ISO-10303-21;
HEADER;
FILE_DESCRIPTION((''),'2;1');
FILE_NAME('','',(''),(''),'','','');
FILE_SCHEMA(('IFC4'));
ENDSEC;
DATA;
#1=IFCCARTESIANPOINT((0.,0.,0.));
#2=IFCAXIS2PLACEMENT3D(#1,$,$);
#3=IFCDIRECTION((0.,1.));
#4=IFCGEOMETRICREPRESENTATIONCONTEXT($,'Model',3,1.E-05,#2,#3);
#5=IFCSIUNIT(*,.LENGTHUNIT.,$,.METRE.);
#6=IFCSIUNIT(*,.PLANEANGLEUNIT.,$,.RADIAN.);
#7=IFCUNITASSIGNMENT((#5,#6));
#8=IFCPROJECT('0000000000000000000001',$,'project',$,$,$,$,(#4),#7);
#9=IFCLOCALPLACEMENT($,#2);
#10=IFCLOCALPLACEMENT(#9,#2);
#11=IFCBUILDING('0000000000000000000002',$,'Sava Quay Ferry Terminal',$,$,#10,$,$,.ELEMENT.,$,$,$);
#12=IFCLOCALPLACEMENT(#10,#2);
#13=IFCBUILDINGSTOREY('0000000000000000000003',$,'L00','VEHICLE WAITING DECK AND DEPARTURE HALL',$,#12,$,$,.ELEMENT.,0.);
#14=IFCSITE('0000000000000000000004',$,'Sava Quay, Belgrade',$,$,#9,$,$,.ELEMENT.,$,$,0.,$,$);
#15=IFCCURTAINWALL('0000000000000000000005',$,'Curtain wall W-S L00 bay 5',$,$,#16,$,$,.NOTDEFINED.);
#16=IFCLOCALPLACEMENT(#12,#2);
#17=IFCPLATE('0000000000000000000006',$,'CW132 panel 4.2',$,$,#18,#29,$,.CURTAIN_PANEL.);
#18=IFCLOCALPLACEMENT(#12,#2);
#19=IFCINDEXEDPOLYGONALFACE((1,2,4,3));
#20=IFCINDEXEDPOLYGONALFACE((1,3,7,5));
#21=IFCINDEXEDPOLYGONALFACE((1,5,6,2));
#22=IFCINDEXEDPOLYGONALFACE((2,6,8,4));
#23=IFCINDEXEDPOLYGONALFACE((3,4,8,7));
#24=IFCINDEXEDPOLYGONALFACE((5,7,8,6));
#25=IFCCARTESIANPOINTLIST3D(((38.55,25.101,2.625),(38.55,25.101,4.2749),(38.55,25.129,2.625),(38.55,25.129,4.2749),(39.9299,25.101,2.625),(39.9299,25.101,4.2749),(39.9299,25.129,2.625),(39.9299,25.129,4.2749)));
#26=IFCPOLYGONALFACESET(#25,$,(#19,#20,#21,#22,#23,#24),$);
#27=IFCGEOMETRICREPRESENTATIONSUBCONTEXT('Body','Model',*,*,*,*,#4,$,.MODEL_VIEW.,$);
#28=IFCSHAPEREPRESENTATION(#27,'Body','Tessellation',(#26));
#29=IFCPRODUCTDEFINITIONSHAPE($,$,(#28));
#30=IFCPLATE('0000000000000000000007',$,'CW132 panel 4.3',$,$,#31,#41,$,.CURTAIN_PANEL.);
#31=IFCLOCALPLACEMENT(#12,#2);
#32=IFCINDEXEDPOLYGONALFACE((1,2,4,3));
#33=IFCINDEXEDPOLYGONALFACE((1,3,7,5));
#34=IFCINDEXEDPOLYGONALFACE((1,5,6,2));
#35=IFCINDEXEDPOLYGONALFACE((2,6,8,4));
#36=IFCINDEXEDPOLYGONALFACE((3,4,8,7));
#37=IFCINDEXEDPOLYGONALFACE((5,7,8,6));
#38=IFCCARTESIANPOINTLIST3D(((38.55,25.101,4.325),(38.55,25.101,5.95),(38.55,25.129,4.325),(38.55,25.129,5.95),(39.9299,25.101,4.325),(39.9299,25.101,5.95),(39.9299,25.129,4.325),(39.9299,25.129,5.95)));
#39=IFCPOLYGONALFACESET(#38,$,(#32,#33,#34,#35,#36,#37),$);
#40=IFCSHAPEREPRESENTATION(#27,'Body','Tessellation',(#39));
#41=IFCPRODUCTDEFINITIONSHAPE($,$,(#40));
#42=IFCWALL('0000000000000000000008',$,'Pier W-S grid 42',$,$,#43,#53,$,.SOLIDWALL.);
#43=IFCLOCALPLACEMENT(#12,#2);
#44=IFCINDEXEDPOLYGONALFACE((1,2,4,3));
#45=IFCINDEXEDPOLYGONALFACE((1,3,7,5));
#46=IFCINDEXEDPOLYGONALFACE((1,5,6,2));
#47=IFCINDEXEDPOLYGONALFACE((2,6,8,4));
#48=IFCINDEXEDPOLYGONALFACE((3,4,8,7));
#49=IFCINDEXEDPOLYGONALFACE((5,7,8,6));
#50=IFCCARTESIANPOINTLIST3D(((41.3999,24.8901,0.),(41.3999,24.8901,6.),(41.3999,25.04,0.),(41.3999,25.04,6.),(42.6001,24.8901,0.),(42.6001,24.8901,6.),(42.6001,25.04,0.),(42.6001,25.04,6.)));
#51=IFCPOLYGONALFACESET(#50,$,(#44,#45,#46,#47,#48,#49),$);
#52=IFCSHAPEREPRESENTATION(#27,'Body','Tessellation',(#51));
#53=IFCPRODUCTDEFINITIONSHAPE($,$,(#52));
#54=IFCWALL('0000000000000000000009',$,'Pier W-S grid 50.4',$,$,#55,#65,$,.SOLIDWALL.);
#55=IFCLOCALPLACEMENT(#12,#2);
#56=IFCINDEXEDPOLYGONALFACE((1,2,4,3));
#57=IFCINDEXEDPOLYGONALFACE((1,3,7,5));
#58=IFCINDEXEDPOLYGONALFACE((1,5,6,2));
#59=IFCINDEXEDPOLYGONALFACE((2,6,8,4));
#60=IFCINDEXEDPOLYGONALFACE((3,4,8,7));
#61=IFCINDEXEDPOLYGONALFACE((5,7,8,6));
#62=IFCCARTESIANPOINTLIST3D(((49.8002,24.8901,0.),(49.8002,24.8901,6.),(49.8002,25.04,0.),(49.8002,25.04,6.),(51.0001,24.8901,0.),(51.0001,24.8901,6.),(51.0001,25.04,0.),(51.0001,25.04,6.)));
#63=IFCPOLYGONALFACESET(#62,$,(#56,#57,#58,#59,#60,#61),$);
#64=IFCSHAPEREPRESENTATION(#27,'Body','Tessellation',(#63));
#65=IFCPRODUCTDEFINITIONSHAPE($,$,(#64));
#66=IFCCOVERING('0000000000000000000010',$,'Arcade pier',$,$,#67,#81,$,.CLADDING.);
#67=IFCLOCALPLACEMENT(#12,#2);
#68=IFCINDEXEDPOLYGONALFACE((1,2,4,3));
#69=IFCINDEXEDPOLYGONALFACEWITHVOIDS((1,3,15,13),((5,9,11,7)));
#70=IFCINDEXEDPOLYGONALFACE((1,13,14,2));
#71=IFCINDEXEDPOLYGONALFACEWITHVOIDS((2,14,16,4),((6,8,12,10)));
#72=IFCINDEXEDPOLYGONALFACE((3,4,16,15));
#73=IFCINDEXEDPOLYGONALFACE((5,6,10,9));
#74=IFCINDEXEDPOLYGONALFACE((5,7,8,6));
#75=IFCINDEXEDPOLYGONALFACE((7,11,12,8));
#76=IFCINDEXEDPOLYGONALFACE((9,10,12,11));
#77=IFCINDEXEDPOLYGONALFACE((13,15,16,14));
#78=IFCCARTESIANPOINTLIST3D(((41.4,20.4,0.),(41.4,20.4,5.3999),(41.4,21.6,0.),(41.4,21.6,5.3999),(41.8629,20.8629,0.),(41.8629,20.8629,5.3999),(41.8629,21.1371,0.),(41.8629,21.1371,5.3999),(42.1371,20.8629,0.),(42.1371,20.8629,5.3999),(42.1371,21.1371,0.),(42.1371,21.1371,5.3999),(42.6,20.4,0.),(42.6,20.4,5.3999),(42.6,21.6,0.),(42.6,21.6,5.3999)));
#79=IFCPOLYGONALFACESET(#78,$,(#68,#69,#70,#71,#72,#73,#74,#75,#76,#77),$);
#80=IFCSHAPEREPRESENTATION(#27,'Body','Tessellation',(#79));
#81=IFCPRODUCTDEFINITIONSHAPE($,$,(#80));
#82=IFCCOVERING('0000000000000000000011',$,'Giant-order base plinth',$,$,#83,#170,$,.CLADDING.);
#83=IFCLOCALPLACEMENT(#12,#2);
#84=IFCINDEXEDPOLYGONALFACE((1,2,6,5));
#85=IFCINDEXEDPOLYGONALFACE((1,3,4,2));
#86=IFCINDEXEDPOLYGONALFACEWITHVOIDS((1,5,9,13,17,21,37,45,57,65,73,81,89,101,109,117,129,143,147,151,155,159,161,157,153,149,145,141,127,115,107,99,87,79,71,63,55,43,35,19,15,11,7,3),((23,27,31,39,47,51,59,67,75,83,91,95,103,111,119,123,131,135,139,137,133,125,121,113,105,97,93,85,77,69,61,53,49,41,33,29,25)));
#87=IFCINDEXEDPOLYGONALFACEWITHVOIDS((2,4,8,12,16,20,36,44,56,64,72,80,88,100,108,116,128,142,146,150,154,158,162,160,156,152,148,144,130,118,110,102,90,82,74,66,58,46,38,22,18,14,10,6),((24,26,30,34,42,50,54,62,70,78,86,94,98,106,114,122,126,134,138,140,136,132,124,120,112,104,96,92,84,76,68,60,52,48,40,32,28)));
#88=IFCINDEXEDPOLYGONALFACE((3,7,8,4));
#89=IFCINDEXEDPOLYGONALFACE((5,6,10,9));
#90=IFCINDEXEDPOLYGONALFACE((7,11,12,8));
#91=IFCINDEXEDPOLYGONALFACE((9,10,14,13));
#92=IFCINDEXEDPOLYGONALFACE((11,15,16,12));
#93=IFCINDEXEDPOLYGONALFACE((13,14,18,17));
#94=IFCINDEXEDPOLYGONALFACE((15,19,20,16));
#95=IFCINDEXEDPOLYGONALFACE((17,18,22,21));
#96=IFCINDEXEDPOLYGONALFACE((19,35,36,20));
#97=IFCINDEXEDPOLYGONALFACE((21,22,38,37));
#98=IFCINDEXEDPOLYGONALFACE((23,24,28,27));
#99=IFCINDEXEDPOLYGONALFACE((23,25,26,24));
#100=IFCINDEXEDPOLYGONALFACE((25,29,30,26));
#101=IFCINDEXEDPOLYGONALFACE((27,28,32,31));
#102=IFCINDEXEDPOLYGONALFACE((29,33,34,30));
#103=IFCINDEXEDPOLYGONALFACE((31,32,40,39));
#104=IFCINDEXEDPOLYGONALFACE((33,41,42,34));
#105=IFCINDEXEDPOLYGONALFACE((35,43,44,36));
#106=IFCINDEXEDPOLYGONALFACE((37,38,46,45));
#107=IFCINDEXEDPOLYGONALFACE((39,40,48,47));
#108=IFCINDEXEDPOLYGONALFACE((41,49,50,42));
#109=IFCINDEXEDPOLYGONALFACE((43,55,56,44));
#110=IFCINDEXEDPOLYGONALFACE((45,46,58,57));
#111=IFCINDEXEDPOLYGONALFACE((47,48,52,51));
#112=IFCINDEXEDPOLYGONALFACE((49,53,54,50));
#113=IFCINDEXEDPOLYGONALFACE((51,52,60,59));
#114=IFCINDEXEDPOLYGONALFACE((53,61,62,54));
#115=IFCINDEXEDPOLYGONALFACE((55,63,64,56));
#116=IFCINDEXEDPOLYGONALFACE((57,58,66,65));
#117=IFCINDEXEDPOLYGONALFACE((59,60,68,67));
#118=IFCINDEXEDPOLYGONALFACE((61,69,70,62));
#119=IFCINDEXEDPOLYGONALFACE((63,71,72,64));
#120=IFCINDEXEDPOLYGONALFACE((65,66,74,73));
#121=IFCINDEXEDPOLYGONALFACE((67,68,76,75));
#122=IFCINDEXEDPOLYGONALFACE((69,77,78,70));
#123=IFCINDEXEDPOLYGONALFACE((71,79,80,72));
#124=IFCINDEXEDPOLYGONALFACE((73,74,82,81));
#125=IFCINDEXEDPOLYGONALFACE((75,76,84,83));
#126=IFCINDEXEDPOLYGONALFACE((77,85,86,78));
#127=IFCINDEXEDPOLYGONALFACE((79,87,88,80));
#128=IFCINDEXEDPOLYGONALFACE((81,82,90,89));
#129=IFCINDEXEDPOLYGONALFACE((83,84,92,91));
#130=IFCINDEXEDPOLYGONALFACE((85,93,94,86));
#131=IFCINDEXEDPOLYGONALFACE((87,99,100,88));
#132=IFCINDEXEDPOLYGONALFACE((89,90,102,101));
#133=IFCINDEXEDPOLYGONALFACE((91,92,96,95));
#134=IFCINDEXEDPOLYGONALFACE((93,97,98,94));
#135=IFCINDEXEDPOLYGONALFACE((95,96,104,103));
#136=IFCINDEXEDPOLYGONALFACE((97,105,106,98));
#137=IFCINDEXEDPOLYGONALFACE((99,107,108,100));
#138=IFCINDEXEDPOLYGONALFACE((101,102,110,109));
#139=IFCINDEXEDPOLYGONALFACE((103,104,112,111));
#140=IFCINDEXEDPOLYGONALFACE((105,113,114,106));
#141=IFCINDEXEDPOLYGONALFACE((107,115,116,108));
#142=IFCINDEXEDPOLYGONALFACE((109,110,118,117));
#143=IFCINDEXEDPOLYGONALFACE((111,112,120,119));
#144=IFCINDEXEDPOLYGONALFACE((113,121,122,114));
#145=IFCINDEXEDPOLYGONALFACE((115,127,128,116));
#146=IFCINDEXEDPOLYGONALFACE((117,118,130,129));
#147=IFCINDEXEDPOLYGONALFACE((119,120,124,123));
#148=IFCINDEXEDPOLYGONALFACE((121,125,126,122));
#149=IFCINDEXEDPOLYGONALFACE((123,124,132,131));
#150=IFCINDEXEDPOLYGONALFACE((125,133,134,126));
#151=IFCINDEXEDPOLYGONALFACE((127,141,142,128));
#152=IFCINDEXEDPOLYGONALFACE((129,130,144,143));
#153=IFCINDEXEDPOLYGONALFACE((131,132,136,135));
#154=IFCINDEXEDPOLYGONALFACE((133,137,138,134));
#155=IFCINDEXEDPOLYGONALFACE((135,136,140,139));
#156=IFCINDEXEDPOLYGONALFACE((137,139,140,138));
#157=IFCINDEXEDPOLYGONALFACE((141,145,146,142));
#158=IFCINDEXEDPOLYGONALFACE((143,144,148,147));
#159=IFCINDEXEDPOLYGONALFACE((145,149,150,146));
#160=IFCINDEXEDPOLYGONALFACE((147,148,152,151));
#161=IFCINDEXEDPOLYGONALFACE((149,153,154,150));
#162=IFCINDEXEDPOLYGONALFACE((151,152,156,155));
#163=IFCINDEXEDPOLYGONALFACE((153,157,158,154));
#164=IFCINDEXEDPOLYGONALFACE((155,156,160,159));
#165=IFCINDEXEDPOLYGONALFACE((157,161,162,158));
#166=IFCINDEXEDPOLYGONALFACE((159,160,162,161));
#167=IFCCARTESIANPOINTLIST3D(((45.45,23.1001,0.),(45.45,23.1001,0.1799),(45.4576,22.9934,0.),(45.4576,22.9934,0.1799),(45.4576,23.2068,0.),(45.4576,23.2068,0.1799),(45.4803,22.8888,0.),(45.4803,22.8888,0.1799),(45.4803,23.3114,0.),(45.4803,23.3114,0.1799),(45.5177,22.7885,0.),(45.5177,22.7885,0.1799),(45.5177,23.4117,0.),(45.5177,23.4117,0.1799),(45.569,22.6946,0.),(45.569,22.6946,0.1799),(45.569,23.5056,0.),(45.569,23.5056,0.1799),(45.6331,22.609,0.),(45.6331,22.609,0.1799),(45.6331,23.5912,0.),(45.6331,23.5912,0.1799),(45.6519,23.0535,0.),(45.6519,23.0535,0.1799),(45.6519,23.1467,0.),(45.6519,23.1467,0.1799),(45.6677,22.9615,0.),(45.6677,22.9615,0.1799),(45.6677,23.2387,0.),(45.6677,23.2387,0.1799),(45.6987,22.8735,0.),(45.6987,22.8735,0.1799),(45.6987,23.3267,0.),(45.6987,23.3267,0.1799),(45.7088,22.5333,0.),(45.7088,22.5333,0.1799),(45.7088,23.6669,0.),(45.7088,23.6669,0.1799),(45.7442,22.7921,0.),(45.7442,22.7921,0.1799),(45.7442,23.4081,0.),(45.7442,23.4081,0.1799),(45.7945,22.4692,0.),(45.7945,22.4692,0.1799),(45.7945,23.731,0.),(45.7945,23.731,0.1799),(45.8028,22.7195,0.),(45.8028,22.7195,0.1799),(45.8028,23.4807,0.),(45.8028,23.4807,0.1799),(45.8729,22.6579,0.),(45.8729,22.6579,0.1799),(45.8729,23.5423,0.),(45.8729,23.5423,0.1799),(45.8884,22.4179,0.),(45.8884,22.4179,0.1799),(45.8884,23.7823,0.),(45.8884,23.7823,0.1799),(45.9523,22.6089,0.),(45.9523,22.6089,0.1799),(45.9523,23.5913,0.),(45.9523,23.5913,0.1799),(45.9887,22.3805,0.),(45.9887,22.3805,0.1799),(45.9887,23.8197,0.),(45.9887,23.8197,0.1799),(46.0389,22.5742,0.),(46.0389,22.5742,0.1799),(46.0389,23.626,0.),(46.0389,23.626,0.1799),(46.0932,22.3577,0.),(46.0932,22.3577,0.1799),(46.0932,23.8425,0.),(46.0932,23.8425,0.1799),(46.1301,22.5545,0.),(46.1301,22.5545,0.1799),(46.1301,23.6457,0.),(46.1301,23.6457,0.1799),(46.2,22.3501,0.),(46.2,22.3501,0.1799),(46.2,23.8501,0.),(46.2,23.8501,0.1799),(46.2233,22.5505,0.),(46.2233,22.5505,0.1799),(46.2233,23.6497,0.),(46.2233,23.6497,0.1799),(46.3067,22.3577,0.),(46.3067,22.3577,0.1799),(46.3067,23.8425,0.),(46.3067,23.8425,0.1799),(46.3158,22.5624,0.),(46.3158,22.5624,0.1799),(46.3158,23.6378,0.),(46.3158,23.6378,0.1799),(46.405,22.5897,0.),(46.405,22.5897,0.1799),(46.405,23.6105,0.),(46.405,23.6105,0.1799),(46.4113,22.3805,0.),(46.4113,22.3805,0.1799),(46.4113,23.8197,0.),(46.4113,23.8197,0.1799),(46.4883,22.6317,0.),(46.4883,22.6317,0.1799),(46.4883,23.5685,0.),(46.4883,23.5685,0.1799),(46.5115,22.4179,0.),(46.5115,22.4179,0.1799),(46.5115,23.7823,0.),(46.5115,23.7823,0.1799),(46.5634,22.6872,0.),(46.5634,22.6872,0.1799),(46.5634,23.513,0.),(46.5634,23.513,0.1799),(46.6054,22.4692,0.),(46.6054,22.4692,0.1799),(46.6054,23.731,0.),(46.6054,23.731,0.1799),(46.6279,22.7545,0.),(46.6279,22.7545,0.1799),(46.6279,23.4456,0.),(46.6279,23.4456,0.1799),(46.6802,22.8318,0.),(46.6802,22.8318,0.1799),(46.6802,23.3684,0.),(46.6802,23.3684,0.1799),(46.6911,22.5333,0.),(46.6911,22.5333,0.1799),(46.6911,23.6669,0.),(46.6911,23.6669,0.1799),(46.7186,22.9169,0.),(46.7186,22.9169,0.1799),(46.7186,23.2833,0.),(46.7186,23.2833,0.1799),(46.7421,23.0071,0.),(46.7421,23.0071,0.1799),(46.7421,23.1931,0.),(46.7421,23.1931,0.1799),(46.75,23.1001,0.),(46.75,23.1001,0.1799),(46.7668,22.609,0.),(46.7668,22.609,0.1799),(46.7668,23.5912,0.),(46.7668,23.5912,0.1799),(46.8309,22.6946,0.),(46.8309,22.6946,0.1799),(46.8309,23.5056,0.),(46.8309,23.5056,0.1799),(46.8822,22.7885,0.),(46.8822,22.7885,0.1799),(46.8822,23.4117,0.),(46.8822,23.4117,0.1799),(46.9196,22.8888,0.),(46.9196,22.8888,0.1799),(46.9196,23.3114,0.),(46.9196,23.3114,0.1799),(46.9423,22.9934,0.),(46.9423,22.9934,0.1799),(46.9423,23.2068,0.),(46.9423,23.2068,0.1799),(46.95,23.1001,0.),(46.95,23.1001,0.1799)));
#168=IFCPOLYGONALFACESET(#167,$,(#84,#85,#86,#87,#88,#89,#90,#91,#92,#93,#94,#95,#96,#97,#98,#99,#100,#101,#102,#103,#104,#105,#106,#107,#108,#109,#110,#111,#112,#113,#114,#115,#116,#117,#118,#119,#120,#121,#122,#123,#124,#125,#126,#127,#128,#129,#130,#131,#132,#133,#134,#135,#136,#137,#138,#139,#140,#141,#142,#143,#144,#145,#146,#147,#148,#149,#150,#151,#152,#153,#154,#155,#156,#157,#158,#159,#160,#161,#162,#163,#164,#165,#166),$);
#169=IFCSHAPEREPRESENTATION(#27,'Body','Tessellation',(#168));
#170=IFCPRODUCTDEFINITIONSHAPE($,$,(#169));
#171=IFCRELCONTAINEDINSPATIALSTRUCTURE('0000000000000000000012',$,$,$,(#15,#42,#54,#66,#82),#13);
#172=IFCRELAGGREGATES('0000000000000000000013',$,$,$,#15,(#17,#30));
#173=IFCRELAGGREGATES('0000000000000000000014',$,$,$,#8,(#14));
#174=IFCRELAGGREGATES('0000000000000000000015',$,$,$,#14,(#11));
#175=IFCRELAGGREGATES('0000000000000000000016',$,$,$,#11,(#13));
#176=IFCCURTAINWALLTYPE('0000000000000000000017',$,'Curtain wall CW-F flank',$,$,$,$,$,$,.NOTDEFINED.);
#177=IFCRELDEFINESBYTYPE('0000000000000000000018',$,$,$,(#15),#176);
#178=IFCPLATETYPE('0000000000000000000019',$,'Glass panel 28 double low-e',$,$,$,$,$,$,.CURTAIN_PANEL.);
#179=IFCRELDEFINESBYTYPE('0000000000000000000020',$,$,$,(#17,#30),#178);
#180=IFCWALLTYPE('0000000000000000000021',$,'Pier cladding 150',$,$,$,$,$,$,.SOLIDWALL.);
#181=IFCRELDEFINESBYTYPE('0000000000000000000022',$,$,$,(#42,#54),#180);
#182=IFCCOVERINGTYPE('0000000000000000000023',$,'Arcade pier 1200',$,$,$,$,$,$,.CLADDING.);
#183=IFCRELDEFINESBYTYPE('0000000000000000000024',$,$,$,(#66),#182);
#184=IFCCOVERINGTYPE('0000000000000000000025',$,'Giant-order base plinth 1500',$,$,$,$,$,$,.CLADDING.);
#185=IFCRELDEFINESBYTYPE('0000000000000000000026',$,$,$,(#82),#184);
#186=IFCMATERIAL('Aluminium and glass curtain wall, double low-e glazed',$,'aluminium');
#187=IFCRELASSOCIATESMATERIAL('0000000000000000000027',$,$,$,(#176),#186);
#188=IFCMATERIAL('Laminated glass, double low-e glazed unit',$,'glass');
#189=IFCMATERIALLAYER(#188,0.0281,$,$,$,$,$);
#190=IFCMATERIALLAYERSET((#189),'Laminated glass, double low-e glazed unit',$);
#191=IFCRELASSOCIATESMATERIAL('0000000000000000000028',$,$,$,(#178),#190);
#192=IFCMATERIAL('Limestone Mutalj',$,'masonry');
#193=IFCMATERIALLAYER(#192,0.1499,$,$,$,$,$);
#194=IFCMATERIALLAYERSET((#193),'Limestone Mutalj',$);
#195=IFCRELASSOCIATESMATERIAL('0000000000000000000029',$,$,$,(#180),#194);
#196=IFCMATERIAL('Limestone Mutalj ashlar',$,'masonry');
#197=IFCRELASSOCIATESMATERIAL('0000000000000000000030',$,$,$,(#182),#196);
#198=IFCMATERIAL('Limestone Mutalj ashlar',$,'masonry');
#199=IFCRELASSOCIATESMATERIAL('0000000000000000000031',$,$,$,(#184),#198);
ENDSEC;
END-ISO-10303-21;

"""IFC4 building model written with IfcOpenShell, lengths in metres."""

from ifc_helpers import new_model, si_unit, direction, frame, frame_2d, origin, origin_2d, place, context, subcontext, project, spatial, rectangle, hollow_rectangle, hollow_circle, extrude, material, layer, layer_set, material_profile, profile_set, type_object, element, aggregate, save


model = new_model("IFC4")

# Units and contexts
model_context = context("Model", 3, precision=1e-05, world=origin(), true_north=direction((0.0, 1.0)))
body_context = subcontext(model_context, "Body", "Model", "MODEL_VIEW")
ifc_project = project(units=[si_unit("LENGTHUNIT", "METRE"), si_unit("PLANEANGLEUNIT", "RADIAN")], contexts=[model_context])

# Site, building, storey
site_placement = place(None, origin())
site = spatial("IfcSite", under=ifc_project, at=site_placement, Name="Sava Quay, Belgrade", CompositionType="ELEMENT", RefElevation=0.0)
building_placement = place(site_placement, origin())
building = spatial("IfcBuilding", under=site, at=building_placement, Name="Sava Quay Ferry Terminal", CompositionType="ELEMENT")
storey_placement = place(building_placement, origin())
storey = spatial("IfcBuildingStorey", under=building, at=storey_placement, Name="L00", Description="VEHICLE WAITING DECK AND DEPARTURE HALL", CompositionType="ELEMENT", Elevation=0.0)

# Curtain wall, plates
ifc_material_1 = material(Name="Aluminium and glass curtain wall, double low-e glazed", Category="aluminium")
curtain_wall_type = type_object("IfcCurtainWallType", Name="Curtain wall CW-F flank", PredefinedType="NOTDEFINED", material=ifc_material_1)
curtain_wall_placement = place(storey_placement, origin())
curtain_wall = element("IfcCurtainWall", 1, at=curtain_wall_placement, inside=storey, type_object=curtain_wall_type, Name="Curtain wall W-S L00 bay 5", PredefinedType="NOTDEFINED")
ifc_material_2 = material(Name="Laminated glass, double low-e glazed unit", Category="glass")
ifc_layer_1 = layer(ifc_material_2, 0.0281)
ifc_layer_set_1 = layer_set([ifc_layer_1], Name="Laminated glass, double low-e glazed unit")
plate_type = type_object("IfcPlateType", Name="Glass panel 28 double low-e", PredefinedType="CURTAIN_PANEL", material=ifc_layer_set_1)
plate_1_placement = place(storey_placement, frame((39.24, 25.115, 2.625), z_axis=(0.0, 0.0, 1.0), x_axis=(1.0, 0.0, 0.0)))
plate_1 = element("IfcPlate", 2, at=plate_1_placement, type_object=plate_type, Name="CW132 panel 4.2", PredefinedType="CURTAIN_PANEL", context=body_context, shape_type="SweptSolid", body=[
    extrude(rectangle(XDim=1.3799, YDim=0.0281, at=origin_2d()), origin(), (0.0, 0.0, 1.0), 1.6499),
])
plate_2_placement = place(storey_placement, frame((39.24, 25.115, 4.325), z_axis=(0.0, 0.0, 1.0), x_axis=(1.0, 0.0, 0.0)))
plate_2 = element("IfcPlate", 3, at=plate_2_placement, type_object=plate_type, Name="CW132 panel 4.3", PredefinedType="CURTAIN_PANEL", context=body_context, shape_type="SweptSolid", body=[
    extrude(rectangle(XDim=1.3799, YDim=0.0281, at=origin_2d()), origin(), (0.0, 0.0, 1.0), 1.625),
])
aggregate(curtain_wall, [plate_1, plate_2])

# Walls
ifc_material_3 = material(Name="Limestone Mutalj", Category="masonry")
ifc_layer_2 = layer(ifc_material_3, 0.1499)
ifc_layer_set_2 = layer_set([ifc_layer_2], Name="Limestone Mutalj")
wall_type = type_object("IfcWallType", Name="Pier cladding 150", PredefinedType="SOLIDWALL", material=ifc_layer_set_2)
wall_1_placement = place(storey_placement, frame((41.3999, 24.9651, 0.0), z_axis=(0.0, 0.0, 1.0), x_axis=(1.0, 0.0, 0.0)))
element("IfcWall", 4, at=wall_1_placement, inside=storey, type_object=wall_type, Name="Pier W-S grid 42", PredefinedType="SOLIDWALL", context=body_context, shape_type="SweptSolid", body=[
    extrude(rectangle(XDim=1.2002, YDim=0.1499, at=frame_2d((0.6001, 0.0))), origin(), (0.0, 0.0, 1.0), 6.0),
])
wall_2_placement = place(storey_placement, frame((49.8, 24.9651, 0.0), z_axis=(0.0, 0.0, 1.0), x_axis=(1.0, 0.0, 0.0)))
element("IfcWall", 5, at=wall_2_placement, inside=storey, type_object=wall_type, Name="Pier W-S grid 50.4", PredefinedType="SOLIDWALL", context=body_context, shape_type="SweptSolid", body=[
    extrude(rectangle(XDim=1.2, YDim=0.1499, at=frame_2d((0.6001, 0.0))), origin(), (0.0, 0.0, 1.0), 6.0),
])

# Coverings
ifc_material_4 = material(Name="Limestone Mutalj ashlar", Category="masonry")
ifc_material_profile_1 = material_profile(ifc_material_4, hollow_rectangle(XDim=1.2, YDim=1.2, WallThickness=0.4629, at=origin_2d()), Name="Arcade pier 1200")
ifc_profile_set_1 = profile_set([ifc_material_profile_1], Name="Limestone Mutalj ashlar")
covering_type_1 = type_object("IfcCoveringType", Name="Arcade pier 1200", PredefinedType="CLADDING", material=ifc_profile_set_1)
covering_1_placement = place(storey_placement, frame((42.0, 21.0, 0.0), z_axis=(0.0, 0.0, 1.0), x_axis=(1.0, 0.0, 0.0)))
element("IfcCovering", 6, at=covering_1_placement, inside=storey, type_object=covering_type_1, Name="Arcade pier", PredefinedType="CLADDING", context=body_context, shape_type="SweptSolid", body=[
    extrude(hollow_rectangle(XDim=1.2, YDim=1.2, WallThickness=0.4629, at=origin_2d()), origin(), (0.0, 0.0, 1.0), 5.3999),
])
ifc_material_5 = material(Name="Limestone Mutalj ashlar", Category="masonry")
ifc_material_profile_2 = material_profile(ifc_material_5, hollow_circle(Radius=0.75, WallThickness=0.2, at=origin_2d()), Name="Base plinth 1500")
ifc_profile_set_2 = profile_set([ifc_material_profile_2], Name="Limestone Mutalj ashlar")
covering_type_2 = type_object("IfcCoveringType", Name="Giant-order base plinth 1500", PredefinedType="CLADDING", material=ifc_profile_set_2)
covering_2_placement = place(storey_placement, frame((46.2, 23.1001, 0.0), z_axis=(0.0, 0.0, 1.0), x_axis=(1.0, 0.0, 0.0)))
element("IfcCovering", 7, at=covering_2_placement, inside=storey, type_object=covering_type_2, Name="Giant-order base plinth", PredefinedType="CLADDING", context=body_context, shape_type="SweptSolid", body=[
    extrude(hollow_circle(Radius=0.75, WallThickness=0.2, at=origin_2d()), origin(), (0.0, 0.0, 1.0), 0.1799),
])

save(model, "model.ifc")
